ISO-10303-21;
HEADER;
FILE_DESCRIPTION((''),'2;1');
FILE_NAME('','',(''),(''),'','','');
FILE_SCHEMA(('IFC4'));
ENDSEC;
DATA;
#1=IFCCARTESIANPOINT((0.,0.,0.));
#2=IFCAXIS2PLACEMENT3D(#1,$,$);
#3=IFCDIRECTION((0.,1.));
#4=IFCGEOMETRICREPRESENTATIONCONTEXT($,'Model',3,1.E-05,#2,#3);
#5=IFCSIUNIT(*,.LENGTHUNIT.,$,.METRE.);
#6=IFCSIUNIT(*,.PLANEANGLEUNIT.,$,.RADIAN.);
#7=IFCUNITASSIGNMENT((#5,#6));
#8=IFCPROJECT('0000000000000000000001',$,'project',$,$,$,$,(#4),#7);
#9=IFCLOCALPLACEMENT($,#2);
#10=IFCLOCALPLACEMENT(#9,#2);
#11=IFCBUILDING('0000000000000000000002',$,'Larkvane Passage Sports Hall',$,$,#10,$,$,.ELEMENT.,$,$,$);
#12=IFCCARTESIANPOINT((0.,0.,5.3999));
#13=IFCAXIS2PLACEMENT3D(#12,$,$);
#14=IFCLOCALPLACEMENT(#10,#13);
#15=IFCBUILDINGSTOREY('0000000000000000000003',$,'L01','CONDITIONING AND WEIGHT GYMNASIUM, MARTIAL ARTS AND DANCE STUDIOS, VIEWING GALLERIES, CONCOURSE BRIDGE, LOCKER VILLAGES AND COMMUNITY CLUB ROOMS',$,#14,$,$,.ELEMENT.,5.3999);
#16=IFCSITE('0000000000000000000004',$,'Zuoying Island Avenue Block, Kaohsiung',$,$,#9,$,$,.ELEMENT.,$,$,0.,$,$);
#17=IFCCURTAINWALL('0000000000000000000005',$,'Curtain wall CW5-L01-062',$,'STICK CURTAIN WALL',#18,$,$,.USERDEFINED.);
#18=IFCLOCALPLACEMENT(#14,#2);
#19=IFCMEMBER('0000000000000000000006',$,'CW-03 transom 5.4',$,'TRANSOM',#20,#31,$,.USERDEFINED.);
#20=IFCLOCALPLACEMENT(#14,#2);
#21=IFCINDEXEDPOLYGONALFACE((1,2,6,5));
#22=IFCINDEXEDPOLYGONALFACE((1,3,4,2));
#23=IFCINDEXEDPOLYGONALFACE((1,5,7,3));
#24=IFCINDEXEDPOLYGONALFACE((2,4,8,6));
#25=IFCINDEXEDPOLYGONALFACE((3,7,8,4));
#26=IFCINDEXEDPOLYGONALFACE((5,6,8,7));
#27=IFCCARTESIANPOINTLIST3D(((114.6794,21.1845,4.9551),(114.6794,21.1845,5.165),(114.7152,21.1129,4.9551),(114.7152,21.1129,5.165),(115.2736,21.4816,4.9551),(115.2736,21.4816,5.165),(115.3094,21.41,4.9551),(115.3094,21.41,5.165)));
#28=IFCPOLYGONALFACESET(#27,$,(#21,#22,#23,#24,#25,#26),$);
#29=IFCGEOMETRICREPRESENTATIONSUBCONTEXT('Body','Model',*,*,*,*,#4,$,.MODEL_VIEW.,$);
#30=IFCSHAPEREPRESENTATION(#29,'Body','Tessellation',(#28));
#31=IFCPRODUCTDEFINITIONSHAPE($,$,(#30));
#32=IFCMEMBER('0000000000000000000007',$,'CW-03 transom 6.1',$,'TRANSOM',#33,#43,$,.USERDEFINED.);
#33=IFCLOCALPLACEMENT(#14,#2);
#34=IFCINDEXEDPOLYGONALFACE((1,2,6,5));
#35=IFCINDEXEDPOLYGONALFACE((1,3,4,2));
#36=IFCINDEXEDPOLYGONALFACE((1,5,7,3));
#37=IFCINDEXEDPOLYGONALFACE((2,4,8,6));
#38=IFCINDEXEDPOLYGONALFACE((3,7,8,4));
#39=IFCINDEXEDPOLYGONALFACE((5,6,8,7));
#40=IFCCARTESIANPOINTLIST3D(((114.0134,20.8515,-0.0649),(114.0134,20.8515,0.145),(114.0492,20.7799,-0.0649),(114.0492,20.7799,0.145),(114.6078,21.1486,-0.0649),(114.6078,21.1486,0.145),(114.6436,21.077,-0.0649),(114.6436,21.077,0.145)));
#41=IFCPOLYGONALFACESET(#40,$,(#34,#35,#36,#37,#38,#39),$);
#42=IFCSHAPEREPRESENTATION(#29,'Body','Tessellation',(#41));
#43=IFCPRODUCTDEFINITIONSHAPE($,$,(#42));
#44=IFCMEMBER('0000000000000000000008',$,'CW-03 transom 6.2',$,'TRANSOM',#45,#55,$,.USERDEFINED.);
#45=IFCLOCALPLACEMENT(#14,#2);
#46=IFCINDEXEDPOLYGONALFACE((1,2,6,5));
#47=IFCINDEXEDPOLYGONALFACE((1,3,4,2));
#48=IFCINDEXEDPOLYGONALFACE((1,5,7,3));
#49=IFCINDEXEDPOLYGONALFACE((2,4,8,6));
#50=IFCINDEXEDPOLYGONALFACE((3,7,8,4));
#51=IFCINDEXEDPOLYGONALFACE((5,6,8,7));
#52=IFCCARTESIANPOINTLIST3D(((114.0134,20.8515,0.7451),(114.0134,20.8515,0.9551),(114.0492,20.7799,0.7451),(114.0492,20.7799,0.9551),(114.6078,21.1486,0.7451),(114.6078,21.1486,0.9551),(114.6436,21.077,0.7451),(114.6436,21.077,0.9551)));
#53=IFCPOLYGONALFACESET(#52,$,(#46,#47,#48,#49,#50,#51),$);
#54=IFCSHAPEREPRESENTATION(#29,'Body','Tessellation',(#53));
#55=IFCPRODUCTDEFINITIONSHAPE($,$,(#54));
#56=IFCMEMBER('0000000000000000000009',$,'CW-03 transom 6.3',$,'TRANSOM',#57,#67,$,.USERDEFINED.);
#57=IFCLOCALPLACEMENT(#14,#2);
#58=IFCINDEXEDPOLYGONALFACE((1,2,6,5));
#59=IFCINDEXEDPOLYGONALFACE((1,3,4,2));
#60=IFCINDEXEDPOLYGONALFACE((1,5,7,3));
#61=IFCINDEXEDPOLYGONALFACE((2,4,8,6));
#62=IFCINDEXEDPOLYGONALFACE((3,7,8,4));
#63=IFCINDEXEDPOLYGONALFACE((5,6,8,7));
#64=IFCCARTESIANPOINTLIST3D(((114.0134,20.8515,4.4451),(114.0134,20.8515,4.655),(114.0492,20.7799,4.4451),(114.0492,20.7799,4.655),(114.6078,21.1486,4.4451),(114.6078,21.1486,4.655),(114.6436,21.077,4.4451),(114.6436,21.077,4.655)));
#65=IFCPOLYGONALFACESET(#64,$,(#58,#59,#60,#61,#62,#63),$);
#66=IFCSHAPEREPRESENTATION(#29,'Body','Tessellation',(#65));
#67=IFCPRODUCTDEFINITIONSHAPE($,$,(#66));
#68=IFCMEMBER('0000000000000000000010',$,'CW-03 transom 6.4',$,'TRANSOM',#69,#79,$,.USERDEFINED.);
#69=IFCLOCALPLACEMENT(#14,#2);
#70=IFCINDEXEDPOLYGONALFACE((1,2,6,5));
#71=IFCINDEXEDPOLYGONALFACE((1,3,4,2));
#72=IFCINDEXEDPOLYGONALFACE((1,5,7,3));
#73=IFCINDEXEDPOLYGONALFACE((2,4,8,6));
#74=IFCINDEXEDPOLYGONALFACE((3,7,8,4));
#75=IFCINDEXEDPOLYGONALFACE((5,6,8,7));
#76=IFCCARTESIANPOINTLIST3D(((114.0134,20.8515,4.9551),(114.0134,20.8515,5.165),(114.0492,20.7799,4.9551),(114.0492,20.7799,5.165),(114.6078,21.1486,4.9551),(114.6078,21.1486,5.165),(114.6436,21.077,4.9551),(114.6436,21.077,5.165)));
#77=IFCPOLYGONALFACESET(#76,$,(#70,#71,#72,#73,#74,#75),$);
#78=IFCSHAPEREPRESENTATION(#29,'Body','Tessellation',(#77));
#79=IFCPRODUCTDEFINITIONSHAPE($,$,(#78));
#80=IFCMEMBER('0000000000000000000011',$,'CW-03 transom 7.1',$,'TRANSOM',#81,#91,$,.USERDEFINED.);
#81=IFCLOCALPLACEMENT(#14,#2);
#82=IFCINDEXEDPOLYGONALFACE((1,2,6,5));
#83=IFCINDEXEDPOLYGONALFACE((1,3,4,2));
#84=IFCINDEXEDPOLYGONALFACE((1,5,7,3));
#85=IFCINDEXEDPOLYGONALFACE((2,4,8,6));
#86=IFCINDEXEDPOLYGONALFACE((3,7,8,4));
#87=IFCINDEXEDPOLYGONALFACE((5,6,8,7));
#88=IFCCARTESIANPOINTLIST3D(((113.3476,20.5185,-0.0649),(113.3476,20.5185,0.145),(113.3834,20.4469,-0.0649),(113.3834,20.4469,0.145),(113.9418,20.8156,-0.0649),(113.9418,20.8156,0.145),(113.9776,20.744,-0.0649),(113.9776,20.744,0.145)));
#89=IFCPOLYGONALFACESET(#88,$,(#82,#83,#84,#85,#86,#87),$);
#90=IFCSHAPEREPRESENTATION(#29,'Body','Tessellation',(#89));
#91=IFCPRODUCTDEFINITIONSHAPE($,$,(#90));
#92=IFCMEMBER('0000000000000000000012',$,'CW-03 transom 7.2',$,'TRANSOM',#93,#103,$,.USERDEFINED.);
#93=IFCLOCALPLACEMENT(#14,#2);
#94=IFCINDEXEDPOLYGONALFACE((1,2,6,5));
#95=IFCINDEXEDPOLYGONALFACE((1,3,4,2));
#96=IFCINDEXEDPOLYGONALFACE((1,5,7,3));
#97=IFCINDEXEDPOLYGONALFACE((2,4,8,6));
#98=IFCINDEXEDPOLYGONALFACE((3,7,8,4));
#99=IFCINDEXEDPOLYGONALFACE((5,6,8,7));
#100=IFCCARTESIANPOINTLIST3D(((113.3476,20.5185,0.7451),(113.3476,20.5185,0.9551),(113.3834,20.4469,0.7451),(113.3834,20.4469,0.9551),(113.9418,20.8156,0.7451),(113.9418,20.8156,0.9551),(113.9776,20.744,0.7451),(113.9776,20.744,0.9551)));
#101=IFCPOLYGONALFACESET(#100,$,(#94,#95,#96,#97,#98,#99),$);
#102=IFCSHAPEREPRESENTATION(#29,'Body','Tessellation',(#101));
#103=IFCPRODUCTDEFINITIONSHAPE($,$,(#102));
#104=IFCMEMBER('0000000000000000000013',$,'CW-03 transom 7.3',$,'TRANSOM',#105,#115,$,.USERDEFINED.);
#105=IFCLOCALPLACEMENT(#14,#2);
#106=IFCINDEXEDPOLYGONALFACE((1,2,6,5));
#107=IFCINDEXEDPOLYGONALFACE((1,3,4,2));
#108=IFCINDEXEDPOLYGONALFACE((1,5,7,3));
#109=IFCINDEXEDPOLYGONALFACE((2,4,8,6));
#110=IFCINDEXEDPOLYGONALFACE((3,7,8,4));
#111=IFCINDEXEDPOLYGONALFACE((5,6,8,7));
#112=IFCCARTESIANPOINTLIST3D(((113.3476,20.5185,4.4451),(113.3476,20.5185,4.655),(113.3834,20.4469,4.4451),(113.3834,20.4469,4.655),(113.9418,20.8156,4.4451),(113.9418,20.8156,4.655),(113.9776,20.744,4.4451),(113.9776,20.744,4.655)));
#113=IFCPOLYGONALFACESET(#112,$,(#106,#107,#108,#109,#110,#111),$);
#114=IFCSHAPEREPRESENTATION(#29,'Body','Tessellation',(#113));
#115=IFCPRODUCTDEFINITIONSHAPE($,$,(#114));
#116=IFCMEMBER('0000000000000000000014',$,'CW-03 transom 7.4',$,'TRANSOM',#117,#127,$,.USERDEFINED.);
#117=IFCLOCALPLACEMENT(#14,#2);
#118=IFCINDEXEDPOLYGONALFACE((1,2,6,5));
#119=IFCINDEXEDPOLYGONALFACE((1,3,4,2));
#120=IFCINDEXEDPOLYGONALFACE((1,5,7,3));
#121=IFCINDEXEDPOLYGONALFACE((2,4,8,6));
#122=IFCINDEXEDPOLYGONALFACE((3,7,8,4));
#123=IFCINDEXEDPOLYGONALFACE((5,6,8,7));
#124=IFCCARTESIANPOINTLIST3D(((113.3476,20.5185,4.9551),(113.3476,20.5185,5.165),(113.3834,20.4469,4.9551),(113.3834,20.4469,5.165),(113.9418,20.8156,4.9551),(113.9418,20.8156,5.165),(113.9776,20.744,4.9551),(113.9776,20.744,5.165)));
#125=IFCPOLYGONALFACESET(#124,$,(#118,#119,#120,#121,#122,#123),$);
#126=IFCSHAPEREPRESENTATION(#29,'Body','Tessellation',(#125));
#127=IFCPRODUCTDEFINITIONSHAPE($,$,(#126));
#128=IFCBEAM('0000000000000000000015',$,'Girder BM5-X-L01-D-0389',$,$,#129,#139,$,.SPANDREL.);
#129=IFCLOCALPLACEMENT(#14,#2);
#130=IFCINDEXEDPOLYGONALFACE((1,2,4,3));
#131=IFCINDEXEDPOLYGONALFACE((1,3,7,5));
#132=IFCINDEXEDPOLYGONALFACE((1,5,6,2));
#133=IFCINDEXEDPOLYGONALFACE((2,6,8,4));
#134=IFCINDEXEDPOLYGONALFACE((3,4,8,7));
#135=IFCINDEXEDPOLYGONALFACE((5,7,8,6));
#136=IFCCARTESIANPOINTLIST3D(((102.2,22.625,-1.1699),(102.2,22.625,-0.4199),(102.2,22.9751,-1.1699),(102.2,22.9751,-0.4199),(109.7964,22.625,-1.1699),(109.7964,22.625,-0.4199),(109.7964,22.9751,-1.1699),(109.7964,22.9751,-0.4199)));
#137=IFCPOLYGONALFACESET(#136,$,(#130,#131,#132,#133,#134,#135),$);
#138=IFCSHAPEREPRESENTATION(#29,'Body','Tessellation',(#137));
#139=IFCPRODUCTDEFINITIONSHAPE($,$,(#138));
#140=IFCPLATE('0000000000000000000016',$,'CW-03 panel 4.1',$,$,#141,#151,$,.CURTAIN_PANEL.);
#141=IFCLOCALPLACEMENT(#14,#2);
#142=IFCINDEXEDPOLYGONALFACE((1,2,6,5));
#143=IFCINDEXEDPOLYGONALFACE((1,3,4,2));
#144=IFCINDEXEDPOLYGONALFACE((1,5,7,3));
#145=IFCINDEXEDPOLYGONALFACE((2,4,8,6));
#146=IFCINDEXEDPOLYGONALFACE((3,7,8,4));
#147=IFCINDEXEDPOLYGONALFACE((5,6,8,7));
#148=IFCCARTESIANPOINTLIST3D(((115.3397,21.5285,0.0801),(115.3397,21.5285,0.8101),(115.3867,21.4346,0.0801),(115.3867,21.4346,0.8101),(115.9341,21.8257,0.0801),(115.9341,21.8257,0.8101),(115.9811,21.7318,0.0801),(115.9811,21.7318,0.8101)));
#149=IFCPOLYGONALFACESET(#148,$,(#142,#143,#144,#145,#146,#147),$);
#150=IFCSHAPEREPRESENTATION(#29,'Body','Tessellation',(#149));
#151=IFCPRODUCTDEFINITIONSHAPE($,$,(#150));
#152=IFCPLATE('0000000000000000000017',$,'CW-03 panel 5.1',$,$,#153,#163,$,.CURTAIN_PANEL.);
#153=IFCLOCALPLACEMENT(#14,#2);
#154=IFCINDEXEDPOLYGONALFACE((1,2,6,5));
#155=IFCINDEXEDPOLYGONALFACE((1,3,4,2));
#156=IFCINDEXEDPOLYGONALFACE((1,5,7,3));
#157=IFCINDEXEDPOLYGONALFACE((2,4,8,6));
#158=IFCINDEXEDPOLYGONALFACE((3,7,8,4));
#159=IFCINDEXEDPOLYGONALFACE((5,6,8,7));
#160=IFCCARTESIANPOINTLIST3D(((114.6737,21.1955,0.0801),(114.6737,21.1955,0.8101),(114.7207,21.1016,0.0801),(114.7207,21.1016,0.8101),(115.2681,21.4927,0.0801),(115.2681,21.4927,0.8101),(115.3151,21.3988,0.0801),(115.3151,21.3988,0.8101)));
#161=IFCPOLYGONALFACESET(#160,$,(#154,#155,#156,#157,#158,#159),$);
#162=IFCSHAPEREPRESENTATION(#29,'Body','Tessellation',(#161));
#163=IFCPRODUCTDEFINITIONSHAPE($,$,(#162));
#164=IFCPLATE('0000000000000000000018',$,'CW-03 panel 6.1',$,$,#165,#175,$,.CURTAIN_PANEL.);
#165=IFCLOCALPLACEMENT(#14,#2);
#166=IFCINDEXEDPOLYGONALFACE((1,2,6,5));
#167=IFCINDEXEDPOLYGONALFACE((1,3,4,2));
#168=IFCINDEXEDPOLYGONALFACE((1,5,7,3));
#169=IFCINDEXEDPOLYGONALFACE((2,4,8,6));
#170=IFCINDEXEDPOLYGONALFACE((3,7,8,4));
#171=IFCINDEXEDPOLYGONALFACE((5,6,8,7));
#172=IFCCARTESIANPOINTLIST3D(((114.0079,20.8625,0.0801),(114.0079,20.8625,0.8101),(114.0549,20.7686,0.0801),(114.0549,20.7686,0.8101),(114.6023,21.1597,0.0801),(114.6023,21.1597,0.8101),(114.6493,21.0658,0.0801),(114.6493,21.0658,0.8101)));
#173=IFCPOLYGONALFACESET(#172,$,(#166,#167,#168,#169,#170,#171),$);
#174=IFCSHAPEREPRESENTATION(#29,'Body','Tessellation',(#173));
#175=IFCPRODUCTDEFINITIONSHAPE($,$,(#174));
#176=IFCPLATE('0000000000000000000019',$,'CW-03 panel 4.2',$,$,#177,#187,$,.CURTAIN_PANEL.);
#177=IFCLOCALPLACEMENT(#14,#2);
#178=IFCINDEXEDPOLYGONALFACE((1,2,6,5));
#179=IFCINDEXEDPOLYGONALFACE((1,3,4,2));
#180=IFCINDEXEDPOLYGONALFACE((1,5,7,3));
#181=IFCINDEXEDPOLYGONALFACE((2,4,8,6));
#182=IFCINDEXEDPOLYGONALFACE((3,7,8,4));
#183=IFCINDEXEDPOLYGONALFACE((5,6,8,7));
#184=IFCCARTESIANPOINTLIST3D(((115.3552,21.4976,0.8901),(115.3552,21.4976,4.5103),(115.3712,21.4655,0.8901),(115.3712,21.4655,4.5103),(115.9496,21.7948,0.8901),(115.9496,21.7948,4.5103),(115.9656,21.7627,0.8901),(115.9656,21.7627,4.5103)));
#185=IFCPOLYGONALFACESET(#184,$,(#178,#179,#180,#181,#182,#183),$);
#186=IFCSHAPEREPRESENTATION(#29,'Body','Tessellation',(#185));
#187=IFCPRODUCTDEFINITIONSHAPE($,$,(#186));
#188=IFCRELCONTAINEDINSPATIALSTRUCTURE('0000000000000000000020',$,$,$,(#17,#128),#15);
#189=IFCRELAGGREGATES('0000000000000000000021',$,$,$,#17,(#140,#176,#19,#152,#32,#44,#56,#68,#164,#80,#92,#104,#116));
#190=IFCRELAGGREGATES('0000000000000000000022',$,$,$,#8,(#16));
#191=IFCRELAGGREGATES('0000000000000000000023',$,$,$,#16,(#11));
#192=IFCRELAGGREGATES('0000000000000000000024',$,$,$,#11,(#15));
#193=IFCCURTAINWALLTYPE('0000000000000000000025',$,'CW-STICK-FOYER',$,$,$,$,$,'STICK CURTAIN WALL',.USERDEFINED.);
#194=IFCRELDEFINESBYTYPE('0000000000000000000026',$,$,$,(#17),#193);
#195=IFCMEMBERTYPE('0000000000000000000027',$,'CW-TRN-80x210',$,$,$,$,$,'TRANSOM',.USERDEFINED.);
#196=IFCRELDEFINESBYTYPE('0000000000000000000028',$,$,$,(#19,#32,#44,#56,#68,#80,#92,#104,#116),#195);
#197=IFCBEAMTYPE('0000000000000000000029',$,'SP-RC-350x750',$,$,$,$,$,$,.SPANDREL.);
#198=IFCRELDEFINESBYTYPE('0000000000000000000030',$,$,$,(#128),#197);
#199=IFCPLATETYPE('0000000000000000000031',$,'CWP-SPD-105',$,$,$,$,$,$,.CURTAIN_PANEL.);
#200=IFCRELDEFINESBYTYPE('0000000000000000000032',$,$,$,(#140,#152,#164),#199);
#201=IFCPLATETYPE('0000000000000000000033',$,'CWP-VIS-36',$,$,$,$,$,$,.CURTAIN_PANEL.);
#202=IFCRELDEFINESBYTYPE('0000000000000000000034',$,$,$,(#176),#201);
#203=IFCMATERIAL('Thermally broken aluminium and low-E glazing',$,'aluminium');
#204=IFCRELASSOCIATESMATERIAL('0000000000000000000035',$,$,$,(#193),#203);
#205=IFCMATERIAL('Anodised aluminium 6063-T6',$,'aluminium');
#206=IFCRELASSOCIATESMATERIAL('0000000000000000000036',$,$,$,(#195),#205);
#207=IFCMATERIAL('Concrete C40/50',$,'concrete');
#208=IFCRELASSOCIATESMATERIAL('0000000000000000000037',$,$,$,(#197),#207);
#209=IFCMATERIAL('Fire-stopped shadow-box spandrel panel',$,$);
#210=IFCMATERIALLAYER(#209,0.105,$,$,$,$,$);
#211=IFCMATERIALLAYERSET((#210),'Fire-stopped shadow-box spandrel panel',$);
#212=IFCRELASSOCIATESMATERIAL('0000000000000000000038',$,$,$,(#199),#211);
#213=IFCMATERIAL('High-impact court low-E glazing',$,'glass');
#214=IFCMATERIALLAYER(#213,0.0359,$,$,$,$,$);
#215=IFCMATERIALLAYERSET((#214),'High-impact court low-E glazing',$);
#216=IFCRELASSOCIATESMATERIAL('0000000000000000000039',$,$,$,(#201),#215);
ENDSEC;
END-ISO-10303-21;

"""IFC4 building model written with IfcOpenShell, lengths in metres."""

from ifc_helpers import new_model, si_unit, direction, frame, origin, origin_2d, place, context, subcontext, project, spatial, rectangle, extrude, material, layer, layer_set, material_profile, profile_set, type_object, element, aggregate, save


model = new_model("IFC4")

# Units and contexts
model_context = context("Model", 3, precision=1e-05, world=origin(), true_north=direction((0.0, 1.0)))
body_context = subcontext(model_context, "Body", "Model", "MODEL_VIEW")
ifc_project = project(units=[si_unit("LENGTHUNIT", "METRE"), si_unit("PLANEANGLEUNIT", "RADIAN")], contexts=[model_context])

# Site, building, storey
site_placement = place(None, origin())
site = spatial("IfcSite", under=ifc_project, at=site_placement, Name="Zuoying Island Avenue Block, Kaohsiung", CompositionType="ELEMENT", RefElevation=0.0)
building_placement = place(site_placement, origin())
building = spatial("IfcBuilding", under=site, at=building_placement, Name="Larkvane Passage Sports Hall", CompositionType="ELEMENT")
storey_placement = place(building_placement, frame((0.0, 0.0, 5.3999)))
storey = spatial("IfcBuildingStorey", under=building, at=storey_placement, Name="L01", Description="CONDITIONING AND WEIGHT GYMNASIUM, MARTIAL ARTS AND DANCE STUDIOS, VIEWING GALLERIES, CONCOURSE BRIDGE, LOCKER VILLAGES AND COMMUNITY CLUB ROOMS", CompositionType="ELEMENT", Elevation=5.3999)

# Curtain wall, members
ifc_material_1 = material(Name="Thermally broken aluminium and low-E glazing", Category="aluminium")
curtain_wall_type = type_object("IfcCurtainWallType", Name="CW-STICK-FOYER", ElementType="STICK CURTAIN WALL", PredefinedType="USERDEFINED", material=ifc_material_1)
curtain_wall_placement = place(storey_placement, origin())
curtain_wall = element("IfcCurtainWall", 1, at=curtain_wall_placement, inside=storey, type_object=curtain_wall_type, Name="Curtain wall CW5-L01-062", ObjectType="STICK CURTAIN WALL", PredefinedType="USERDEFINED")
ifc_material_2 = material(Name="Anodised aluminium 6063-T6", Category="aluminium")
ifc_material_profile_1 = material_profile(ifc_material_2, rectangle(XDim=0.0801, YDim=0.21, at=origin_2d()), Name="ALU-TRN-80x210")
ifc_profile_set_1 = profile_set([ifc_material_profile_1], Name="Anodised aluminium 6063-T6")
member_type_1 = type_object("IfcMemberType", Name="CW-TRN-80x210", ElementType="TRANSOM", PredefinedType="USERDEFINED", material=ifc_profile_set_1)
member_1_placement = place(storey_placement, frame((115.2915, 21.4458, 5.0601), z_axis=(-0.894427, -0.447214, 0.0), x_axis=(0.447214, -0.894427, 0.0)))
member_1 = element("IfcMember", 2, at=member_1_placement, type_object=member_type_1, Name="CW-03 transom 5.4", ObjectType="TRANSOM", PredefinedType="USERDEFINED", context=body_context, shape_type="SweptSolid", body=[
    extrude(rectangle(XDim=0.0801, YDim=0.21, at=origin_2d()), origin(), (0.0, 0.0, 1.0), 0.6643),
])
member_2_placement = place(storey_placement, frame((114.6257, 21.1128, 0.04), z_axis=(-0.894501, -0.447067, 0.0), x_axis=(0.447067, -0.894501, 0.0)))
member_2 = element("IfcMember", 3, at=member_2_placement, type_object=member_type_1, Name="CW-03 transom 6.1", ObjectType="TRANSOM", PredefinedType="USERDEFINED", context=body_context, shape_type="SweptSolid", body=[
    extrude(rectangle(XDim=0.0801, YDim=0.21, at=origin_2d()), origin(), (0.0, 0.0, 1.0), 0.6646),
])
member_3_placement = place(storey_placement, frame((114.6257, 21.1128, 0.8501), z_axis=(-0.894501, -0.447067, 0.0), x_axis=(0.447067, -0.894501, 0.0)))
member_3 = element("IfcMember", 4, at=member_3_placement, type_object=member_type_1, Name="CW-03 transom 6.2", ObjectType="TRANSOM", PredefinedType="USERDEFINED", context=body_context, shape_type="SweptSolid", body=[
    extrude(rectangle(XDim=0.0801, YDim=0.21, at=origin_2d()), origin(), (0.0, 0.0, 1.0), 0.6646),
])
member_4_placement = place(storey_placement, frame((114.6257, 21.1128, 4.55), z_axis=(-0.894501, -0.447067, 0.0), x_axis=(0.447067, -0.894501, 0.0)))
member_4 = element("IfcMember", 5, at=member_4_placement, type_object=member_type_1, Name="CW-03 transom 6.3", ObjectType="TRANSOM", PredefinedType="USERDEFINED", context=body_context, shape_type="SweptSolid", body=[
    extrude(rectangle(XDim=0.0801, YDim=0.21, at=origin_2d()), origin(), (0.0, 0.0, 1.0), 0.6646),
])
member_5_placement = place(storey_placement, frame((114.6257, 21.1128, 5.0601), z_axis=(-0.894501, -0.447067, 0.0), x_axis=(0.447067, -0.894501, 0.0)))
member_5 = element("IfcMember", 6, at=member_5_placement, type_object=member_type_1, Name="CW-03 transom 6.4", ObjectType="TRANSOM", PredefinedType="USERDEFINED", context=body_context, shape_type="SweptSolid", body=[
    extrude(rectangle(XDim=0.0801, YDim=0.21, at=origin_2d()), origin(), (0.0, 0.0, 1.0), 0.6646),
])
member_6_placement = place(storey_placement, frame((113.9597, 20.7798, 0.04), z_axis=(-0.894427, -0.447214, 0.0), x_axis=(0.447214, -0.894427, 0.0)))
member_6 = element("IfcMember", 7, at=member_6_placement, type_object=member_type_1, Name="CW-03 transom 7.1", ObjectType="TRANSOM", PredefinedType="USERDEFINED", context=body_context, shape_type="SweptSolid", body=[
    extrude(rectangle(XDim=0.0801, YDim=0.21, at=origin_2d()), origin(), (0.0, 0.0, 1.0), 0.6643),
])
member_7_placement = place(storey_placement, frame((113.9597, 20.7798, 0.8501), z_axis=(-0.894427, -0.447214, 0.0), x_axis=(0.447214, -0.894427, 0.0)))
member_7 = element("IfcMember", 8, at=member_7_placement, type_object=member_type_1, Name="CW-03 transom 7.2", ObjectType="TRANSOM", PredefinedType="USERDEFINED", context=body_context, shape_type="SweptSolid", body=[
    extrude(rectangle(XDim=0.0801, YDim=0.21, at=origin_2d()), origin(), (0.0, 0.0, 1.0), 0.6643),
])
member_8_placement = place(storey_placement, frame((113.9597, 20.7798, 4.55), z_axis=(-0.894427, -0.447214, 0.0), x_axis=(0.447214, -0.894427, 0.0)))
member_8 = element("IfcMember", 9, at=member_8_placement, type_object=member_type_1, Name="CW-03 transom 7.3", ObjectType="TRANSOM", PredefinedType="USERDEFINED", context=body_context, shape_type="SweptSolid", body=[
    extrude(rectangle(XDim=0.0801, YDim=0.21, at=origin_2d()), origin(), (0.0, 0.0, 1.0), 0.6643),
])
member_9_placement = place(storey_placement, frame((113.9597, 20.7798, 5.0601), z_axis=(-0.894427, -0.447214, 0.0), x_axis=(0.447214, -0.894427, 0.0)))
member_9 = element("IfcMember", 10, at=member_9_placement, type_object=member_type_1, Name="CW-03 transom 7.4", ObjectType="TRANSOM", PredefinedType="USERDEFINED", context=body_context, shape_type="SweptSolid", body=[
    extrude(rectangle(XDim=0.0801, YDim=0.21, at=origin_2d()), origin(), (0.0, 0.0, 1.0), 0.6643),
])

# Beam
ifc_material_3 = material(Name="Concrete C40/50", Category="concrete")
ifc_material_profile_2 = material_profile(ifc_material_3, rectangle(XDim=0.3501, YDim=0.75, at=origin_2d()), Name="RC-SP-350x750")
ifc_profile_set_2 = profile_set([ifc_material_profile_2], Name="Concrete C40/50")
beam_type = type_object("IfcBeamType", Name="SP-RC-350x750", PredefinedType="SPANDREL", material=ifc_profile_set_2)
beam_placement = place(storey_placement, frame((102.2, 22.8, -0.7949), z_axis=(1.0, 0.0, 0.0), x_axis=(0.0, 1.0, 0.0)))
element("IfcBeam", 11, at=beam_placement, inside=storey, type_object=beam_type, Name="Girder BM5-X-L01-D-0389", PredefinedType="SPANDREL", context=body_context, shape_type="SweptSolid", body=[
    extrude(rectangle(XDim=0.3501, YDim=0.75, at=origin_2d()), origin(), (0.0, 0.0, 1.0), 7.5964),
])

# Plates
ifc_material_4 = material(Name="Fire-stopped shadow-box spandrel panel")
ifc_layer_1 = layer(ifc_material_4, 0.105)
ifc_layer_set_1 = layer_set([ifc_layer_1], Name="Fire-stopped shadow-box spandrel panel")
plate_type_1 = type_object("IfcPlateType", Name="CWP-SPD-105", PredefinedType="CURTAIN_PANEL", material=ifc_layer_set_1)
plate_1_placement = place(storey_placement, frame((115.6604, 21.6301, 0.0801), z_axis=(0.0, 0.0, 1.0), x_axis=(-0.894429, -0.447209, 0.0)))
plate_1 = element("IfcPlate", 12, at=plate_1_placement, type_object=plate_type_1, Name="CW-03 panel 4.1", PredefinedType="CURTAIN_PANEL", context=body_context, shape_type="SweptSolid", body=[
    extrude(rectangle(XDim=0.6646, YDim=0.105, at=origin_2d()), origin(), (0.0, 0.0, 1.0), 0.73),
])
plate_2_placement = place(storey_placement, frame((114.9944, 21.2971, 0.0801), z_axis=(0.0, 0.0, 1.0), x_axis=(-0.894429, -0.447209, 0.0)))
plate_2 = element("IfcPlate", 13, at=plate_2_placement, type_object=plate_type_1, Name="CW-03 panel 5.1", PredefinedType="CURTAIN_PANEL", context=body_context, shape_type="SweptSolid", body=[
    extrude(rectangle(XDim=0.6646, YDim=0.105, at=origin_2d()), origin(), (0.0, 0.0, 1.0), 0.73),
])
plate_3_placement = place(storey_placement, frame((114.3286, 20.9641, 0.0801), z_axis=(0.0, 0.0, 1.0), x_axis=(-0.894429, -0.447209, 0.0)))
plate_3 = element("IfcPlate", 14, at=plate_3_placement, type_object=plate_type_1, Name="CW-03 panel 6.1", PredefinedType="CURTAIN_PANEL", context=body_context, shape_type="SweptSolid", body=[
    extrude(rectangle(XDim=0.6646, YDim=0.105, at=origin_2d()), origin(), (0.0, 0.0, 1.0), 0.73),
])
ifc_material_5 = material(Name="High-impact court low-E glazing", Category="glass")
ifc_layer_2 = layer(ifc_material_5, 0.0359)
ifc_layer_set_2 = layer_set([ifc_layer_2], Name="High-impact court low-E glazing")
plate_type_2 = type_object("IfcPlateType", Name="CWP-VIS-36", PredefinedType="CURTAIN_PANEL", material=ifc_layer_set_2)
plate_4_placement = place(storey_placement, frame((115.6604, 21.6301, 0.8901), z_axis=(0.0, 0.0, 1.0), x_axis=(-0.894429, -0.447209, 0.0)))
plate_4 = element("IfcPlate", 15, at=plate_4_placement, type_object=plate_type_2, Name="CW-03 panel 4.2", PredefinedType="CURTAIN_PANEL", context=body_context, shape_type="SweptSolid", body=[
    extrude(rectangle(XDim=0.6646, YDim=0.0359, at=origin_2d()), origin(), (0.0, 0.0, 1.0), 3.6201),
])
aggregate(curtain_wall, [plate_1, plate_4, member_1, plate_2, member_2, member_3, member_4, member_5, plate_3, member_6, member_7, member_8, member_9])

save(model, "model.ifc")
